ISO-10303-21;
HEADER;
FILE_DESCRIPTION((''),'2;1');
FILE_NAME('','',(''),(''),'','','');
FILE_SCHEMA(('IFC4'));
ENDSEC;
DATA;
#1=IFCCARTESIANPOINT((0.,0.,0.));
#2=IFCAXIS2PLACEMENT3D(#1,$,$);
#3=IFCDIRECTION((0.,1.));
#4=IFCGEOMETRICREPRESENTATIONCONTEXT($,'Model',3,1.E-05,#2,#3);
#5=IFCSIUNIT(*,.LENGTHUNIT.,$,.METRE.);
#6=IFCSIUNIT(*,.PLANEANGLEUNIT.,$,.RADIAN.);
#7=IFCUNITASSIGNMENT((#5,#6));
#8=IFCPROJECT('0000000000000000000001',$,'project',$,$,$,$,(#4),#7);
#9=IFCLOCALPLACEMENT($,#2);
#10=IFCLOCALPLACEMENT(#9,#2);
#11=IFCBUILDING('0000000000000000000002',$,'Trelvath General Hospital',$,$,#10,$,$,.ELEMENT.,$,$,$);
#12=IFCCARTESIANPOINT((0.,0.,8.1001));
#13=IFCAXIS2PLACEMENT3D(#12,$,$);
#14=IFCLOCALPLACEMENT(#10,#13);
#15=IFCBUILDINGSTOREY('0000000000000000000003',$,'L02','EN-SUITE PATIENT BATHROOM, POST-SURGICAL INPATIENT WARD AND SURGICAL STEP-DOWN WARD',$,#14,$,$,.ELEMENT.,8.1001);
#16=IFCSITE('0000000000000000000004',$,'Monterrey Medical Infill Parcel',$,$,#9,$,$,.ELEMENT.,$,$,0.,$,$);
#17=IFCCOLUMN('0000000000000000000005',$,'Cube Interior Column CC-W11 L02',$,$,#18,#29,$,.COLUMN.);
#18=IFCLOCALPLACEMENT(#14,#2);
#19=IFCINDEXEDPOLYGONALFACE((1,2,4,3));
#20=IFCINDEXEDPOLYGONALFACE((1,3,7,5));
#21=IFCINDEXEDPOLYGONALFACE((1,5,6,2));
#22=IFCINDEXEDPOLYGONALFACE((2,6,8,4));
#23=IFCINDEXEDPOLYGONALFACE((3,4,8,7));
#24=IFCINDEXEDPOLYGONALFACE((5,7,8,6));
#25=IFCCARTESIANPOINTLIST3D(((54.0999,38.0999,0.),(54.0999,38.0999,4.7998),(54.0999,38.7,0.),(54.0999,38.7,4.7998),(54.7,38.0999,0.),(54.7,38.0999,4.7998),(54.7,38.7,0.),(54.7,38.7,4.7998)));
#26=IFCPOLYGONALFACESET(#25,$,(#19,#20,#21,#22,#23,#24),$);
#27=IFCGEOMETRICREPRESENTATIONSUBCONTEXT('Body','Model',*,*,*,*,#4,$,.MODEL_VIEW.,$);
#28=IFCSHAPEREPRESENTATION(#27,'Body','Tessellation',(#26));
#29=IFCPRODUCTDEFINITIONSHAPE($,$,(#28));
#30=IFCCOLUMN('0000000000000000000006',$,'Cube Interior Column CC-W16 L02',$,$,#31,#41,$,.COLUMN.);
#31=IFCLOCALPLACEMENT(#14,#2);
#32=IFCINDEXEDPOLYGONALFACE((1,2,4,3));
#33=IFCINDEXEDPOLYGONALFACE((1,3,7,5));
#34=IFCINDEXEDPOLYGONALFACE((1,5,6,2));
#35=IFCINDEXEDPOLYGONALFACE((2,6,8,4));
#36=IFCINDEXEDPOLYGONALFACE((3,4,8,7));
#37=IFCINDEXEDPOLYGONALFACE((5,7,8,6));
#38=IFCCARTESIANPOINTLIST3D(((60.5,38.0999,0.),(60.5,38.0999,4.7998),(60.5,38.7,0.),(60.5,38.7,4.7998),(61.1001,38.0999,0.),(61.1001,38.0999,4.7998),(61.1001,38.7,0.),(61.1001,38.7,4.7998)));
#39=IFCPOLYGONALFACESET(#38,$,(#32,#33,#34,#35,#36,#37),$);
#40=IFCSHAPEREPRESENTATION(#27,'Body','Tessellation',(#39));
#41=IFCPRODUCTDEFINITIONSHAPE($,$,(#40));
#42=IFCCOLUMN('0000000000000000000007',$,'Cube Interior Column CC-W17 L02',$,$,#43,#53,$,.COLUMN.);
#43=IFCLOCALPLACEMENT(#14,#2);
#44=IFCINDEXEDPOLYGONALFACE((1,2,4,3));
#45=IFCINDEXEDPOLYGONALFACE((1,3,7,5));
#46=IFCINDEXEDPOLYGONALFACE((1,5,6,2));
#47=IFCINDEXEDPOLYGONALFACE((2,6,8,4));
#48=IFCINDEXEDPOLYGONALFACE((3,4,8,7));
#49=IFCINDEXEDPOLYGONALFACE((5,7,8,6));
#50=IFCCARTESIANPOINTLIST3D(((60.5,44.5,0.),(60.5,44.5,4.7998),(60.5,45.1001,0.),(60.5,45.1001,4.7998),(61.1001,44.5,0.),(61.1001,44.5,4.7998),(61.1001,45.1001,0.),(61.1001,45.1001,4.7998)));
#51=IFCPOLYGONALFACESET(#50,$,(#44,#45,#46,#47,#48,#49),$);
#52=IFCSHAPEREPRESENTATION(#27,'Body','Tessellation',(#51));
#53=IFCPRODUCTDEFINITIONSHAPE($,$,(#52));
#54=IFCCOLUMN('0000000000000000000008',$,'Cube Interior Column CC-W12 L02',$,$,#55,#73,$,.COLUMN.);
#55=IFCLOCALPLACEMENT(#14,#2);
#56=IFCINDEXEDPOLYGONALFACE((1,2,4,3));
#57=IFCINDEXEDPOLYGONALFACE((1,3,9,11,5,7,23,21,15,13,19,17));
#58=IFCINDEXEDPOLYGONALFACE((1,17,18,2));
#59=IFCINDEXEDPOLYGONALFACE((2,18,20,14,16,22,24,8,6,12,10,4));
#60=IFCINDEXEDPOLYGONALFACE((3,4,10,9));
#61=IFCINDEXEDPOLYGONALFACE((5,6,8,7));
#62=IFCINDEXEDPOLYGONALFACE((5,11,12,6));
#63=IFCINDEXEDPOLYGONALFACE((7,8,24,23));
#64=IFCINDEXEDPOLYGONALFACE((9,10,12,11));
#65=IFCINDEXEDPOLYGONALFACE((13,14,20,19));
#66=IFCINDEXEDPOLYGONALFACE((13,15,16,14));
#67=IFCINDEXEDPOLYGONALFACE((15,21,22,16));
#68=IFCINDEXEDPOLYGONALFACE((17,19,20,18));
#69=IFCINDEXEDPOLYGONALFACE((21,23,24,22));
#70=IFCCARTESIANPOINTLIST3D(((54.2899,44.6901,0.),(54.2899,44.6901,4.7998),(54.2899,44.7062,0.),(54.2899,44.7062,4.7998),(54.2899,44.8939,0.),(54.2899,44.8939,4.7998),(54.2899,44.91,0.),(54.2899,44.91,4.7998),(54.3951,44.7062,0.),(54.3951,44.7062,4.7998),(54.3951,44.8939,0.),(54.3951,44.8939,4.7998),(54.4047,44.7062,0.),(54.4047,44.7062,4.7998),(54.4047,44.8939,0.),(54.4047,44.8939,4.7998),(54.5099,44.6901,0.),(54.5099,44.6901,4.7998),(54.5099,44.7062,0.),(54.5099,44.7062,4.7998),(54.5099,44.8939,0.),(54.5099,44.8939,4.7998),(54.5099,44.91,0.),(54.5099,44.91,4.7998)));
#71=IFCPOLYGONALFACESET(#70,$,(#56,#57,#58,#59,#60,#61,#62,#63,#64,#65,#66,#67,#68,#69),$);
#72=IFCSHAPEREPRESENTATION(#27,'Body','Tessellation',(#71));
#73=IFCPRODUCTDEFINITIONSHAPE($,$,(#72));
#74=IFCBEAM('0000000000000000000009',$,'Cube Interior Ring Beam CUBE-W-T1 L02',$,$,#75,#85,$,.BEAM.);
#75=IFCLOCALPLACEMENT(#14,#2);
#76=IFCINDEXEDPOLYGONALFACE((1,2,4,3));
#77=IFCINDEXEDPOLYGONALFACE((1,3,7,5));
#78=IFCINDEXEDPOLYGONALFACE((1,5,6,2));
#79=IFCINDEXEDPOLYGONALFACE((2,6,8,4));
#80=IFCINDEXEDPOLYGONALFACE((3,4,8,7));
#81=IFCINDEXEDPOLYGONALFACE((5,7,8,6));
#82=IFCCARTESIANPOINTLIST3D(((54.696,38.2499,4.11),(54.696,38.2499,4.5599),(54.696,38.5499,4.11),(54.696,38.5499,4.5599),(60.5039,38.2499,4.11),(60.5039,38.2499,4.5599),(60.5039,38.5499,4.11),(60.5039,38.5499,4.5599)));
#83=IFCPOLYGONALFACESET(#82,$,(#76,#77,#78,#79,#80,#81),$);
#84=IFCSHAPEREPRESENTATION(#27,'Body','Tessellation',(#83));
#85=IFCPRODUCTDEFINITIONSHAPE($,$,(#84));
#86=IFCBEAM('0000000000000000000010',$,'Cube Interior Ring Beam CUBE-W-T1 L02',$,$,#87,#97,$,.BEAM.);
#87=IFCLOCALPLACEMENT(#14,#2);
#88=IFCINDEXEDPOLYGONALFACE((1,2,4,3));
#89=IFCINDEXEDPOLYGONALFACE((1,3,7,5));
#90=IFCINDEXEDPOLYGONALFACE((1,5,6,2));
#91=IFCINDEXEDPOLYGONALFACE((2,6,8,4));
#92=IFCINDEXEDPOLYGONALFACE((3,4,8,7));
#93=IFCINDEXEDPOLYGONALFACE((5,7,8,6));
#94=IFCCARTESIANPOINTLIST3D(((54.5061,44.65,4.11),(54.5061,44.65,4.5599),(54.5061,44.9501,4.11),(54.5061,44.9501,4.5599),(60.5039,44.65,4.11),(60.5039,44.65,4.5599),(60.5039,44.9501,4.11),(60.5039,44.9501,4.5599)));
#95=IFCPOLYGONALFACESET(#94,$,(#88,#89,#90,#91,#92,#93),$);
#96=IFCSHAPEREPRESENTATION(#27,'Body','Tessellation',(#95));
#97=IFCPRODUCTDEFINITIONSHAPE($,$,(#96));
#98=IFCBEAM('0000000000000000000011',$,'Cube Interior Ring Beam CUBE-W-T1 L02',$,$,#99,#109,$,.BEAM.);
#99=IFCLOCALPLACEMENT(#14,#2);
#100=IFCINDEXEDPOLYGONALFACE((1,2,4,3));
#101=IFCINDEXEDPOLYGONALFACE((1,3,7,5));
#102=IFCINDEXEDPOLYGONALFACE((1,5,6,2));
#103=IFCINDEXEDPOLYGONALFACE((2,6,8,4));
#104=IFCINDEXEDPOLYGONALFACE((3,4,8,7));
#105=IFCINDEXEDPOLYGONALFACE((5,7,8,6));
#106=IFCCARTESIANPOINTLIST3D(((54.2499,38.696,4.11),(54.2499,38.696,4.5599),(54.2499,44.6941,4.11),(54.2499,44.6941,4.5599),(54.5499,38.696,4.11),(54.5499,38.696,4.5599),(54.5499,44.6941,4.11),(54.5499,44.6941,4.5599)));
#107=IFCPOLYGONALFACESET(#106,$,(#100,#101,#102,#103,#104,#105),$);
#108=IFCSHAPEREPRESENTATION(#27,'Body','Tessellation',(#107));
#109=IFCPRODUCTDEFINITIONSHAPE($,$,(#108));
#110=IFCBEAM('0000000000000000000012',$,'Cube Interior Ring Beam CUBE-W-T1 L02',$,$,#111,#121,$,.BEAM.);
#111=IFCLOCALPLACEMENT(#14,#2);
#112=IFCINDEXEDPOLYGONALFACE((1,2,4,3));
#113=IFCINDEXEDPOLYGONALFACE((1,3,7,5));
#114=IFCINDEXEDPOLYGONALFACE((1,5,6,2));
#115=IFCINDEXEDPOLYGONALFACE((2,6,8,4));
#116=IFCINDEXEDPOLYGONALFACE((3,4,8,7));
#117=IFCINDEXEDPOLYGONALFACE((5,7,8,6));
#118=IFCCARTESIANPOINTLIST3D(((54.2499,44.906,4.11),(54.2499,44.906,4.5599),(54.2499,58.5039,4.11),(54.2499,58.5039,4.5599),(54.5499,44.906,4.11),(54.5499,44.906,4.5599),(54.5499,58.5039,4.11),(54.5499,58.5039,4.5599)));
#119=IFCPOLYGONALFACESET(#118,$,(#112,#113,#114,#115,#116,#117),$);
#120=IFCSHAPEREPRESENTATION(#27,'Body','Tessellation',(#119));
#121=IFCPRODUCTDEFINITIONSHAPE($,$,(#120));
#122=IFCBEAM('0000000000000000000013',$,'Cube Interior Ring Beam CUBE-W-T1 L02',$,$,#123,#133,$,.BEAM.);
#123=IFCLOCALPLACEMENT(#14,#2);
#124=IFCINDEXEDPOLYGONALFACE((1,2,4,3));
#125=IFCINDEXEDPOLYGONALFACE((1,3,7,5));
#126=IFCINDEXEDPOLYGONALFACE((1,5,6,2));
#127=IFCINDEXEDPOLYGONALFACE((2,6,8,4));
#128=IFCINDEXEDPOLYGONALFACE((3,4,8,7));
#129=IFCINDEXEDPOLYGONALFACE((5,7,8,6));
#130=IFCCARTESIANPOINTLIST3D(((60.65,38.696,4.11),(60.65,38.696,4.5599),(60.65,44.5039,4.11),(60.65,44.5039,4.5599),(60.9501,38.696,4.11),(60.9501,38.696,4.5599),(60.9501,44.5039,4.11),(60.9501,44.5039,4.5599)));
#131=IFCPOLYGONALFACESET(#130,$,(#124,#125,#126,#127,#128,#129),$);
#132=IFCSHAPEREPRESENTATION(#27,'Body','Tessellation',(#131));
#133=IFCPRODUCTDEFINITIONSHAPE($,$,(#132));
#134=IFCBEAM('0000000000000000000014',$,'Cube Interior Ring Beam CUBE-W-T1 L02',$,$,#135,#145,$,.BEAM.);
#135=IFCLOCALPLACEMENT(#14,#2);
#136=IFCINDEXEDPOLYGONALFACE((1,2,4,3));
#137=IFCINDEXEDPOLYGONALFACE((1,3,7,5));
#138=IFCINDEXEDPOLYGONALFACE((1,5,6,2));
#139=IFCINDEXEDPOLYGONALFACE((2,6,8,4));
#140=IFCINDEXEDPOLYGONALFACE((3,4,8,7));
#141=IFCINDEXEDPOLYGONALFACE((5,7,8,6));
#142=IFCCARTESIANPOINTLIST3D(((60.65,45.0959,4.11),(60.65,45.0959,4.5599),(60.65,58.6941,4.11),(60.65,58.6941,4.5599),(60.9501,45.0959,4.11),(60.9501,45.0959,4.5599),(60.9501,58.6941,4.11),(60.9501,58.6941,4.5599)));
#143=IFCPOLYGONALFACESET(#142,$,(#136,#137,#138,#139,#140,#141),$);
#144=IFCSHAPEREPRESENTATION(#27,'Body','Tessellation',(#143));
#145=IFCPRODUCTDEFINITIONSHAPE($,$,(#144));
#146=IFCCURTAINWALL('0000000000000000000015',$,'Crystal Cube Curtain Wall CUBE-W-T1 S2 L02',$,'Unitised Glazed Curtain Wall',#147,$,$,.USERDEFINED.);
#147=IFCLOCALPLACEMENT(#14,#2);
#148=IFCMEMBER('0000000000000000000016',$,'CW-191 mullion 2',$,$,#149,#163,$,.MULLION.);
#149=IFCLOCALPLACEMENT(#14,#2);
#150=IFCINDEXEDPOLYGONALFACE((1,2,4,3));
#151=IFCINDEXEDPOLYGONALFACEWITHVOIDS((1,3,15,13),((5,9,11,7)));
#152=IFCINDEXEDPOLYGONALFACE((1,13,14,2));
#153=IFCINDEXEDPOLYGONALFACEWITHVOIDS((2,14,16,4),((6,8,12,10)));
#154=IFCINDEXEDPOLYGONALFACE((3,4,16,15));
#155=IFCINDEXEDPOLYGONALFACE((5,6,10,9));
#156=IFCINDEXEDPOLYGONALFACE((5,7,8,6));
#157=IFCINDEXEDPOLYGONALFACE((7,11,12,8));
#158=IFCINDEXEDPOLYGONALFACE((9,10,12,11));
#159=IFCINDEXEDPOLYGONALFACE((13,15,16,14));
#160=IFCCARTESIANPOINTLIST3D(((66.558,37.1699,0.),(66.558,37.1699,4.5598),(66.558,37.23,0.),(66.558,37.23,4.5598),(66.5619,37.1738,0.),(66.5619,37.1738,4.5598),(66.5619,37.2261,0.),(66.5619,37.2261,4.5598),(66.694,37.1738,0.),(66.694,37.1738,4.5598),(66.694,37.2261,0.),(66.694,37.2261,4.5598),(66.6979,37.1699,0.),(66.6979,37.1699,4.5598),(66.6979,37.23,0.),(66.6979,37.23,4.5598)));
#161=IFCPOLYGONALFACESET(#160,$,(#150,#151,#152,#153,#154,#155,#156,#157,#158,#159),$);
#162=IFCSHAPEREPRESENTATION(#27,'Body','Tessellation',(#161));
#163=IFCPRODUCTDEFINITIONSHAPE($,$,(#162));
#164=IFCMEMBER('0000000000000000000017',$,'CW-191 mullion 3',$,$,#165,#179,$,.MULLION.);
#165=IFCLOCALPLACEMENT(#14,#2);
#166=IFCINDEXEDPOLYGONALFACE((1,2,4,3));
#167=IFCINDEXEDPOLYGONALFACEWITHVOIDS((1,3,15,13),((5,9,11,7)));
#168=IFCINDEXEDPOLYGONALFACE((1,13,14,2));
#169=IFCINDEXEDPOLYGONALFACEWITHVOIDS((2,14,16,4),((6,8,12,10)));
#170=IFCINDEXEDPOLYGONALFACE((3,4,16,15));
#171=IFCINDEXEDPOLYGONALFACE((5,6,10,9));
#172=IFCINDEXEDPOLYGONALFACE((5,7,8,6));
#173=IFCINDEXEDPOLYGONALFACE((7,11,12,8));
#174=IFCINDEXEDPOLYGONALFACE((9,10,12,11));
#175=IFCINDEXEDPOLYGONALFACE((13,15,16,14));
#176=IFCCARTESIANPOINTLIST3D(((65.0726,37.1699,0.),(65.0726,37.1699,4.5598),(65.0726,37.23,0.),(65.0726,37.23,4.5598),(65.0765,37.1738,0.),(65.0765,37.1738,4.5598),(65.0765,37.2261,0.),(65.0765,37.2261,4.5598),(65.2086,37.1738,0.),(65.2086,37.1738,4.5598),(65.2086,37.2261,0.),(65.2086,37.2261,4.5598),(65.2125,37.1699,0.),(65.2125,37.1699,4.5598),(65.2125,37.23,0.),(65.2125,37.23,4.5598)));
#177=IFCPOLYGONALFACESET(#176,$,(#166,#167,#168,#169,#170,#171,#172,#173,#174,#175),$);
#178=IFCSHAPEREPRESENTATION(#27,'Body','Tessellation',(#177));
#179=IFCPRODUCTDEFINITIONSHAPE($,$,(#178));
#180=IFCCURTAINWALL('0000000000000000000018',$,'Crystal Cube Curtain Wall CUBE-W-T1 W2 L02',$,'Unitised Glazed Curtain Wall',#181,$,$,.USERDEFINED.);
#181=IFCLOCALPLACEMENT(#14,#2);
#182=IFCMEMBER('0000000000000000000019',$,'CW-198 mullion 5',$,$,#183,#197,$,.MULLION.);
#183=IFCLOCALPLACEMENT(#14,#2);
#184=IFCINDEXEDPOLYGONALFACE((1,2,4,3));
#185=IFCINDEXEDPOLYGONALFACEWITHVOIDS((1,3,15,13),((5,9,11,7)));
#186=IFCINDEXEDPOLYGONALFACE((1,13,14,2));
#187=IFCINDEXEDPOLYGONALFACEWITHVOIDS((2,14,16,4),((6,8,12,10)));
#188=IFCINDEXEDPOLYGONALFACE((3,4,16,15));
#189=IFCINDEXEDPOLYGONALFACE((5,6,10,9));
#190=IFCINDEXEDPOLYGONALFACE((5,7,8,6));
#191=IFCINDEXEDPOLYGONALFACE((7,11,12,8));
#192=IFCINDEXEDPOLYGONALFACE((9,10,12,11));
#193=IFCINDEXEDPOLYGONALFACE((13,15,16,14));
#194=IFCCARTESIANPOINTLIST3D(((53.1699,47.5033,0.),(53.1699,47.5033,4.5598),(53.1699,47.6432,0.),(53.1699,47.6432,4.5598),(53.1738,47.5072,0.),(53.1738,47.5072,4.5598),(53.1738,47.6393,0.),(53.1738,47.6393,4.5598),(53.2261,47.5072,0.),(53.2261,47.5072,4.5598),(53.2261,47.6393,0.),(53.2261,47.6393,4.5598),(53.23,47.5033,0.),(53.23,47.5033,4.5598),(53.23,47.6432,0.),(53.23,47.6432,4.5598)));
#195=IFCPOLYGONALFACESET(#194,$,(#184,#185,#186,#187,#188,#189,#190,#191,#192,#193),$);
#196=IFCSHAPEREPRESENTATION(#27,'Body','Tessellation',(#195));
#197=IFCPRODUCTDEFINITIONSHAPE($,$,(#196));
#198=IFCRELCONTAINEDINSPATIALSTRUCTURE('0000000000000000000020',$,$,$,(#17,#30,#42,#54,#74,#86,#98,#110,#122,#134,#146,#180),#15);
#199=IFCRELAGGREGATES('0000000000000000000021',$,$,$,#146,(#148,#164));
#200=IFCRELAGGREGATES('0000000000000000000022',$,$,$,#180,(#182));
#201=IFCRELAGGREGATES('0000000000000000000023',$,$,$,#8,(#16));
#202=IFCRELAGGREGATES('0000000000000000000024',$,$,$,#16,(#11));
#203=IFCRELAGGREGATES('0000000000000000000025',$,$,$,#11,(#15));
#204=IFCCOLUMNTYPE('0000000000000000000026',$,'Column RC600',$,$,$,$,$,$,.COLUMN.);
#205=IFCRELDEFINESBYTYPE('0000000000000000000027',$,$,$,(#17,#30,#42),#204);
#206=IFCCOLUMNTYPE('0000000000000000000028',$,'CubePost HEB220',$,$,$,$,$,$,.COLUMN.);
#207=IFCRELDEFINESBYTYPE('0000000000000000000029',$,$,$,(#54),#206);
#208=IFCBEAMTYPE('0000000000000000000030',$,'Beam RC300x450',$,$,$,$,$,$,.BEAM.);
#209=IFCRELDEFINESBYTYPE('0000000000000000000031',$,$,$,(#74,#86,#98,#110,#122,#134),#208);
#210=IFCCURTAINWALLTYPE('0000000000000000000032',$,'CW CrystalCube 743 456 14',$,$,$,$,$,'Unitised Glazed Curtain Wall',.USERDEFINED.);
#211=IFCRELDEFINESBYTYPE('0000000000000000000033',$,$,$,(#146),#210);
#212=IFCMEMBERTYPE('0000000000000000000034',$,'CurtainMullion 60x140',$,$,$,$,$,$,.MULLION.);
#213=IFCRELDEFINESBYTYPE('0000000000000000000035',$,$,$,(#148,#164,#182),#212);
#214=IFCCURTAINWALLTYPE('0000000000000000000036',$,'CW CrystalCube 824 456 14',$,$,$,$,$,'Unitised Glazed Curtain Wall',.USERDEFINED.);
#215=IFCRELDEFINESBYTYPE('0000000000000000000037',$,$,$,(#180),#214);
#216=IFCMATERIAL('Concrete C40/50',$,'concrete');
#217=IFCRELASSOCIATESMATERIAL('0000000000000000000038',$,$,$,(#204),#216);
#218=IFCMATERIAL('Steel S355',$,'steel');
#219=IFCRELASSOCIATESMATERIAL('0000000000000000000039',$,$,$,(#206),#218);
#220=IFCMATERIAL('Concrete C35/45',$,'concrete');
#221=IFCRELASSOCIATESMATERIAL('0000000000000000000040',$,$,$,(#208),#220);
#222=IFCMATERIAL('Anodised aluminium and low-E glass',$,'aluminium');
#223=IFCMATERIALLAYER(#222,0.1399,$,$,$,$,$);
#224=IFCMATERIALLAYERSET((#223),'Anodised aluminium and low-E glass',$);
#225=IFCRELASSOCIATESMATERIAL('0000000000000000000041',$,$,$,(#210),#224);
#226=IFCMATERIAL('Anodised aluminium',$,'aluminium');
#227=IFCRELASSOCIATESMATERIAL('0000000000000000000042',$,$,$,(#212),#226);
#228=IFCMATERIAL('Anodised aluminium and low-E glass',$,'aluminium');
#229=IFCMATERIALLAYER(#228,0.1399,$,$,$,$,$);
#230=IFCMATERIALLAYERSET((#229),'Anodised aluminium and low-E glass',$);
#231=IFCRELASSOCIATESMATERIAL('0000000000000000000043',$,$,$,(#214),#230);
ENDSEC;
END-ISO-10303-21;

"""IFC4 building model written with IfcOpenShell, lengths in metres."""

from ifc_helpers import new_model, si_unit, direction, frame, origin, origin_2d, place, context, subcontext, project, spatial, rectangle, hollow_rectangle, i_section, extrude, material, layer, layer_set, material_profile, profile_set, type_object, element, aggregate, save


model = new_model("IFC4")

# Units and contexts
model_context = context("Model", 3, precision=1e-05, world=origin(), true_north=direction((0.0, 1.0)))
body_context = subcontext(model_context, "Body", "Model", "MODEL_VIEW")
ifc_project = project(units=[si_unit("LENGTHUNIT", "METRE"), si_unit("PLANEANGLEUNIT", "RADIAN")], contexts=[model_context])

# Site, building, storey
site_placement = place(None, origin())
site = spatial("IfcSite", under=ifc_project, at=site_placement, Name="Monterrey Medical Infill Parcel", CompositionType="ELEMENT", RefElevation=0.0)
building_placement = place(site_placement, origin())
building = spatial("IfcBuilding", under=site, at=building_placement, Name="Trelvath General Hospital", CompositionType="ELEMENT")
storey_placement = place(building_placement, frame((0.0, 0.0, 8.1001)))
storey = spatial("IfcBuildingStorey", under=building, at=storey_placement, Name="L02", Description="EN-SUITE PATIENT BATHROOM, POST-SURGICAL INPATIENT WARD AND SURGICAL STEP-DOWN WARD", CompositionType="ELEMENT", Elevation=8.1001)

# Columns
ifc_material_1 = material(Name="Concrete C40/50", Category="concrete")
ifc_material_profile_1 = material_profile(ifc_material_1, rectangle(XDim=0.6001, YDim=0.6001, at=origin_2d()), Name="RC600x600")
ifc_profile_set_1 = profile_set([ifc_material_profile_1], Name="Concrete C40/50")
column_type_1 = type_object("IfcColumnType", Name="Column RC600", PredefinedType="COLUMN", material=ifc_profile_set_1)
for number, where, z_axis, x_axis, name in (
    (1, (54.3999, 38.3999, 0.0), (0.0, 0.0, 1.0), (1.0, 0.0, 0.0), "Cube Interior Column CC-W11 L02"),
    (2, (60.8, 38.3999, 0.0), (0.0, 0.0, 1.0), (1.0, 0.0, 0.0), "Cube Interior Column CC-W16 L02"),
    (3, (60.8, 44.8, 0.0), (0.0, 0.0, 1.0), (1.0, 0.0, 0.0), "Cube Interior Column CC-W17 L02"),
):
    element("IfcColumn", number, at=place(storey_placement, frame(where, z_axis=z_axis, x_axis=x_axis)), inside=storey, type_object=column_type_1, Name=name, PredefinedType="COLUMN", context=body_context, shape_type="SweptSolid", body=[
        extrude(rectangle(XDim=0.6001, YDim=0.6001, at=origin_2d()), origin(), (0.0, 0.0, 1.0), 4.7998),
    ])
ifc_material_2 = material(Name="Steel S355", Category="steel")
ifc_material_profile_2 = material_profile(ifc_material_2, i_section(OverallWidth=0.22, OverallDepth=0.22, WebThickness=0.0095, FlangeThickness=0.0161, at=origin_2d()), Name="HEB220")
ifc_profile_set_2 = profile_set([ifc_material_profile_2], Name="Steel S355")
column_type_2 = type_object("IfcColumnType", Name="CubePost HEB220", PredefinedType="COLUMN", material=ifc_profile_set_2)
column_placement = place(storey_placement, frame((54.3999, 44.8, 0.0), z_axis=(0.0, 0.0, 1.0), x_axis=(1.0, 0.0, 0.0)))
element("IfcColumn", 4, at=column_placement, inside=storey, type_object=column_type_2, Name="Cube Interior Column CC-W12 L02", PredefinedType="COLUMN", context=body_context, shape_type="SweptSolid", body=[
    extrude(i_section(OverallWidth=0.22, OverallDepth=0.22, WebThickness=0.0095, FlangeThickness=0.0161, at=origin_2d()), origin(), (0.0, 0.0, 1.0), 4.7998),
])

# Beams
ifc_material_3 = material(Name="Concrete C35/45", Category="concrete")
ifc_material_profile_3 = material_profile(ifc_material_3, rectangle(XDim=0.3, YDim=0.45, at=origin_2d()), Name="RCB300x450")
ifc_profile_set_3 = profile_set([ifc_material_profile_3], Name="Concrete C35/45")
beam_type = type_object("IfcBeamType", Name="Beam RC300x450", PredefinedType="BEAM", material=ifc_profile_set_3)
beam_1_placement = place(storey_placement, frame((54.696, 38.3999, 4.335), z_axis=(1.0, 0.0, 0.0), x_axis=(0.0, 1.0, 0.0)))
element("IfcBeam", 5, at=beam_1_placement, inside=storey, type_object=beam_type, Name="Cube Interior Ring Beam CUBE-W-T1 L02", PredefinedType="BEAM", context=body_context, shape_type="SweptSolid", body=[
    extrude(rectangle(XDim=0.3, YDim=0.45, at=origin_2d()), origin(), (0.0, 0.0, 1.0), 5.8079),
])
beam_2_placement = place(storey_placement, frame((54.5061, 44.8, 4.335), z_axis=(1.0, 0.0, 0.0), x_axis=(0.0, 1.0, 0.0)))
element("IfcBeam", 6, at=beam_2_placement, inside=storey, type_object=beam_type, Name="Cube Interior Ring Beam CUBE-W-T1 L02", PredefinedType="BEAM", context=body_context, shape_type="SweptSolid", body=[
    extrude(rectangle(XDim=0.3, YDim=0.45, at=origin_2d()), origin(), (0.0, 0.0, 1.0), 5.9978),
])
beam_3_placement = place(storey_placement, frame((54.3999, 38.696, 4.335), z_axis=(0.0, 1.0, 0.0), x_axis=(-1.0, 0.0, 0.0)))
element("IfcBeam", 7, at=beam_3_placement, inside=storey, type_object=beam_type, Name="Cube Interior Ring Beam CUBE-W-T1 L02", PredefinedType="BEAM", context=body_context, shape_type="SweptSolid", body=[
    extrude(rectangle(XDim=0.3, YDim=0.45, at=origin_2d()), origin(), (0.0, 0.0, 1.0), 5.998),
])
beam_4_placement = place(storey_placement, frame((54.3999, 44.906, 4.335), z_axis=(0.0, 1.0, 0.0), x_axis=(-1.0, 0.0, 0.0)))
element("IfcBeam", 8, at=beam_4_placement, inside=storey, type_object=beam_type, Name="Cube Interior Ring Beam CUBE-W-T1 L02", PredefinedType="BEAM", context=body_context, shape_type="SweptSolid", body=[
    extrude(rectangle(XDim=0.3, YDim=0.45, at=origin_2d()), origin(), (0.0, 0.0, 1.0), 13.5979),
])
beam_5_placement = place(storey_placement, frame((60.8, 38.696, 4.335), z_axis=(0.0, 1.0, 0.0), x_axis=(-1.0, 0.0, 0.0)))
element("IfcBeam", 9, at=beam_5_placement, inside=storey, type_object=beam_type, Name="Cube Interior Ring Beam CUBE-W-T1 L02", PredefinedType="BEAM", context=body_context, shape_type="SweptSolid", body=[
    extrude(rectangle(XDim=0.3, YDim=0.45, at=origin_2d()), origin(), (0.0, 0.0, 1.0), 5.8079),
])
beam_6_placement = place(storey_placement, frame((60.8, 45.0959, 4.335), z_axis=(0.0, 1.0, 0.0), x_axis=(-1.0, 0.0, 0.0)))
element("IfcBeam", 10, at=beam_6_placement, inside=storey, type_object=beam_type, Name="Cube Interior Ring Beam CUBE-W-T1 L02", PredefinedType="BEAM", context=body_context, shape_type="SweptSolid", body=[
    extrude(rectangle(XDim=0.3, YDim=0.45, at=origin_2d()), origin(), (0.0, 0.0, 1.0), 13.5981),
])

# Curtain wall, members
ifc_material_4 = material(Name="Anodised aluminium and low-E glass", Category="aluminium")
ifc_layer_1 = layer(ifc_material_4, 0.1399)
ifc_layer_set_1 = layer_set([ifc_layer_1], Name="Anodised aluminium and low-E glass")
curtain_wall_type_1 = type_object("IfcCurtainWallType", Name="CW CrystalCube 743 456 14", ElementType="Unitised Glazed Curtain Wall", PredefinedType="USERDEFINED", material=ifc_layer_set_1)
curtain_wall_1_placement = place(storey_placement, origin())
curtain_wall_1 = element("IfcCurtainWall", 11, at=curtain_wall_1_placement, inside=storey, type_object=curtain_wall_type_1, Name="Crystal Cube Curtain Wall CUBE-W-T1 S2 L02", ObjectType="Unitised Glazed Curtain Wall", PredefinedType="USERDEFINED")
ifc_material_5 = material(Name="Anodised aluminium", Category="aluminium")
ifc_material_profile_4 = material_profile(ifc_material_5, hollow_rectangle(XDim=0.0601, YDim=0.1399, WallThickness=0.0039, at=origin_2d()), Name="RHS60x140x4")
ifc_profile_set_4 = profile_set([ifc_material_profile_4], Name="Anodised aluminium")
member_type_1 = type_object("IfcMemberType", Name="CurtainMullion 60x140", PredefinedType="MULLION", material=ifc_profile_set_4)
member_1_placement = place(storey_placement, frame((66.6279, 37.2, 0.0), z_axis=(0.0, 0.0, 1.0), x_axis=(0.0, -1.0, 0.0)))
member_1 = element("IfcMember", 12, at=member_1_placement, type_object=member_type_1, Name="CW-191 mullion 2", PredefinedType="MULLION", context=body_context, shape_type="SweptSolid", body=[
    extrude(hollow_rectangle(XDim=0.0601, YDim=0.1399, WallThickness=0.0039, at=origin_2d()), origin(), (0.0, 0.0, 1.0), 4.5598),
])
member_2_placement = place(storey_placement, frame((65.1426, 37.2, 0.0), z_axis=(0.0, 0.0, 1.0), x_axis=(0.0, -1.0, 0.0)))
member_2 = element("IfcMember", 13, at=member_2_placement, type_object=member_type_1, Name="CW-191 mullion 3", PredefinedType="MULLION", context=body_context, shape_type="SweptSolid", body=[
    extrude(hollow_rectangle(XDim=0.0601, YDim=0.1399, WallThickness=0.0039, at=origin_2d()), origin(), (0.0, 0.0, 1.0), 4.5598),
])

# Curtain wall, member
ifc_material_6 = material(Name="Anodised aluminium and low-E glass", Category="aluminium")
ifc_layer_2 = layer(ifc_material_6, 0.1399)
ifc_layer_set_2 = layer_set([ifc_layer_2], Name="Anodised aluminium and low-E glass")
curtain_wall_type_2 = type_object("IfcCurtainWallType", Name="CW CrystalCube 824 456 14", ElementType="Unitised Glazed Curtain Wall", PredefinedType="USERDEFINED", material=ifc_layer_set_2)
curtain_wall_2_placement = place(storey_placement, origin())
curtain_wall_2 = element("IfcCurtainWall", 14, at=curtain_wall_2_placement, inside=storey, type_object=curtain_wall_type_2, Name="Crystal Cube Curtain Wall CUBE-W-T1 W2 L02", ObjectType="Unitised Glazed Curtain Wall", PredefinedType="USERDEFINED")
member_3_placement = place(storey_placement, frame((53.2, 47.5732, 0.0), z_axis=(0.0, 0.0, 1.0), x_axis=(-1.0, 0.0, 0.0)))
member_3 = element("IfcMember", 15, at=member_3_placement, type_object=member_type_1, Name="CW-198 mullion 5", PredefinedType="MULLION", context=body_context, shape_type="SweptSolid", body=[
    extrude(hollow_rectangle(XDim=0.0601, YDim=0.1399, WallThickness=0.0039, at=origin_2d()), origin(), (0.0, 0.0, 1.0), 4.5598),
])

aggregate(curtain_wall_1, [member_1, member_2])
aggregate(curtain_wall_2, [member_3])

save(model, "model.ifc")
